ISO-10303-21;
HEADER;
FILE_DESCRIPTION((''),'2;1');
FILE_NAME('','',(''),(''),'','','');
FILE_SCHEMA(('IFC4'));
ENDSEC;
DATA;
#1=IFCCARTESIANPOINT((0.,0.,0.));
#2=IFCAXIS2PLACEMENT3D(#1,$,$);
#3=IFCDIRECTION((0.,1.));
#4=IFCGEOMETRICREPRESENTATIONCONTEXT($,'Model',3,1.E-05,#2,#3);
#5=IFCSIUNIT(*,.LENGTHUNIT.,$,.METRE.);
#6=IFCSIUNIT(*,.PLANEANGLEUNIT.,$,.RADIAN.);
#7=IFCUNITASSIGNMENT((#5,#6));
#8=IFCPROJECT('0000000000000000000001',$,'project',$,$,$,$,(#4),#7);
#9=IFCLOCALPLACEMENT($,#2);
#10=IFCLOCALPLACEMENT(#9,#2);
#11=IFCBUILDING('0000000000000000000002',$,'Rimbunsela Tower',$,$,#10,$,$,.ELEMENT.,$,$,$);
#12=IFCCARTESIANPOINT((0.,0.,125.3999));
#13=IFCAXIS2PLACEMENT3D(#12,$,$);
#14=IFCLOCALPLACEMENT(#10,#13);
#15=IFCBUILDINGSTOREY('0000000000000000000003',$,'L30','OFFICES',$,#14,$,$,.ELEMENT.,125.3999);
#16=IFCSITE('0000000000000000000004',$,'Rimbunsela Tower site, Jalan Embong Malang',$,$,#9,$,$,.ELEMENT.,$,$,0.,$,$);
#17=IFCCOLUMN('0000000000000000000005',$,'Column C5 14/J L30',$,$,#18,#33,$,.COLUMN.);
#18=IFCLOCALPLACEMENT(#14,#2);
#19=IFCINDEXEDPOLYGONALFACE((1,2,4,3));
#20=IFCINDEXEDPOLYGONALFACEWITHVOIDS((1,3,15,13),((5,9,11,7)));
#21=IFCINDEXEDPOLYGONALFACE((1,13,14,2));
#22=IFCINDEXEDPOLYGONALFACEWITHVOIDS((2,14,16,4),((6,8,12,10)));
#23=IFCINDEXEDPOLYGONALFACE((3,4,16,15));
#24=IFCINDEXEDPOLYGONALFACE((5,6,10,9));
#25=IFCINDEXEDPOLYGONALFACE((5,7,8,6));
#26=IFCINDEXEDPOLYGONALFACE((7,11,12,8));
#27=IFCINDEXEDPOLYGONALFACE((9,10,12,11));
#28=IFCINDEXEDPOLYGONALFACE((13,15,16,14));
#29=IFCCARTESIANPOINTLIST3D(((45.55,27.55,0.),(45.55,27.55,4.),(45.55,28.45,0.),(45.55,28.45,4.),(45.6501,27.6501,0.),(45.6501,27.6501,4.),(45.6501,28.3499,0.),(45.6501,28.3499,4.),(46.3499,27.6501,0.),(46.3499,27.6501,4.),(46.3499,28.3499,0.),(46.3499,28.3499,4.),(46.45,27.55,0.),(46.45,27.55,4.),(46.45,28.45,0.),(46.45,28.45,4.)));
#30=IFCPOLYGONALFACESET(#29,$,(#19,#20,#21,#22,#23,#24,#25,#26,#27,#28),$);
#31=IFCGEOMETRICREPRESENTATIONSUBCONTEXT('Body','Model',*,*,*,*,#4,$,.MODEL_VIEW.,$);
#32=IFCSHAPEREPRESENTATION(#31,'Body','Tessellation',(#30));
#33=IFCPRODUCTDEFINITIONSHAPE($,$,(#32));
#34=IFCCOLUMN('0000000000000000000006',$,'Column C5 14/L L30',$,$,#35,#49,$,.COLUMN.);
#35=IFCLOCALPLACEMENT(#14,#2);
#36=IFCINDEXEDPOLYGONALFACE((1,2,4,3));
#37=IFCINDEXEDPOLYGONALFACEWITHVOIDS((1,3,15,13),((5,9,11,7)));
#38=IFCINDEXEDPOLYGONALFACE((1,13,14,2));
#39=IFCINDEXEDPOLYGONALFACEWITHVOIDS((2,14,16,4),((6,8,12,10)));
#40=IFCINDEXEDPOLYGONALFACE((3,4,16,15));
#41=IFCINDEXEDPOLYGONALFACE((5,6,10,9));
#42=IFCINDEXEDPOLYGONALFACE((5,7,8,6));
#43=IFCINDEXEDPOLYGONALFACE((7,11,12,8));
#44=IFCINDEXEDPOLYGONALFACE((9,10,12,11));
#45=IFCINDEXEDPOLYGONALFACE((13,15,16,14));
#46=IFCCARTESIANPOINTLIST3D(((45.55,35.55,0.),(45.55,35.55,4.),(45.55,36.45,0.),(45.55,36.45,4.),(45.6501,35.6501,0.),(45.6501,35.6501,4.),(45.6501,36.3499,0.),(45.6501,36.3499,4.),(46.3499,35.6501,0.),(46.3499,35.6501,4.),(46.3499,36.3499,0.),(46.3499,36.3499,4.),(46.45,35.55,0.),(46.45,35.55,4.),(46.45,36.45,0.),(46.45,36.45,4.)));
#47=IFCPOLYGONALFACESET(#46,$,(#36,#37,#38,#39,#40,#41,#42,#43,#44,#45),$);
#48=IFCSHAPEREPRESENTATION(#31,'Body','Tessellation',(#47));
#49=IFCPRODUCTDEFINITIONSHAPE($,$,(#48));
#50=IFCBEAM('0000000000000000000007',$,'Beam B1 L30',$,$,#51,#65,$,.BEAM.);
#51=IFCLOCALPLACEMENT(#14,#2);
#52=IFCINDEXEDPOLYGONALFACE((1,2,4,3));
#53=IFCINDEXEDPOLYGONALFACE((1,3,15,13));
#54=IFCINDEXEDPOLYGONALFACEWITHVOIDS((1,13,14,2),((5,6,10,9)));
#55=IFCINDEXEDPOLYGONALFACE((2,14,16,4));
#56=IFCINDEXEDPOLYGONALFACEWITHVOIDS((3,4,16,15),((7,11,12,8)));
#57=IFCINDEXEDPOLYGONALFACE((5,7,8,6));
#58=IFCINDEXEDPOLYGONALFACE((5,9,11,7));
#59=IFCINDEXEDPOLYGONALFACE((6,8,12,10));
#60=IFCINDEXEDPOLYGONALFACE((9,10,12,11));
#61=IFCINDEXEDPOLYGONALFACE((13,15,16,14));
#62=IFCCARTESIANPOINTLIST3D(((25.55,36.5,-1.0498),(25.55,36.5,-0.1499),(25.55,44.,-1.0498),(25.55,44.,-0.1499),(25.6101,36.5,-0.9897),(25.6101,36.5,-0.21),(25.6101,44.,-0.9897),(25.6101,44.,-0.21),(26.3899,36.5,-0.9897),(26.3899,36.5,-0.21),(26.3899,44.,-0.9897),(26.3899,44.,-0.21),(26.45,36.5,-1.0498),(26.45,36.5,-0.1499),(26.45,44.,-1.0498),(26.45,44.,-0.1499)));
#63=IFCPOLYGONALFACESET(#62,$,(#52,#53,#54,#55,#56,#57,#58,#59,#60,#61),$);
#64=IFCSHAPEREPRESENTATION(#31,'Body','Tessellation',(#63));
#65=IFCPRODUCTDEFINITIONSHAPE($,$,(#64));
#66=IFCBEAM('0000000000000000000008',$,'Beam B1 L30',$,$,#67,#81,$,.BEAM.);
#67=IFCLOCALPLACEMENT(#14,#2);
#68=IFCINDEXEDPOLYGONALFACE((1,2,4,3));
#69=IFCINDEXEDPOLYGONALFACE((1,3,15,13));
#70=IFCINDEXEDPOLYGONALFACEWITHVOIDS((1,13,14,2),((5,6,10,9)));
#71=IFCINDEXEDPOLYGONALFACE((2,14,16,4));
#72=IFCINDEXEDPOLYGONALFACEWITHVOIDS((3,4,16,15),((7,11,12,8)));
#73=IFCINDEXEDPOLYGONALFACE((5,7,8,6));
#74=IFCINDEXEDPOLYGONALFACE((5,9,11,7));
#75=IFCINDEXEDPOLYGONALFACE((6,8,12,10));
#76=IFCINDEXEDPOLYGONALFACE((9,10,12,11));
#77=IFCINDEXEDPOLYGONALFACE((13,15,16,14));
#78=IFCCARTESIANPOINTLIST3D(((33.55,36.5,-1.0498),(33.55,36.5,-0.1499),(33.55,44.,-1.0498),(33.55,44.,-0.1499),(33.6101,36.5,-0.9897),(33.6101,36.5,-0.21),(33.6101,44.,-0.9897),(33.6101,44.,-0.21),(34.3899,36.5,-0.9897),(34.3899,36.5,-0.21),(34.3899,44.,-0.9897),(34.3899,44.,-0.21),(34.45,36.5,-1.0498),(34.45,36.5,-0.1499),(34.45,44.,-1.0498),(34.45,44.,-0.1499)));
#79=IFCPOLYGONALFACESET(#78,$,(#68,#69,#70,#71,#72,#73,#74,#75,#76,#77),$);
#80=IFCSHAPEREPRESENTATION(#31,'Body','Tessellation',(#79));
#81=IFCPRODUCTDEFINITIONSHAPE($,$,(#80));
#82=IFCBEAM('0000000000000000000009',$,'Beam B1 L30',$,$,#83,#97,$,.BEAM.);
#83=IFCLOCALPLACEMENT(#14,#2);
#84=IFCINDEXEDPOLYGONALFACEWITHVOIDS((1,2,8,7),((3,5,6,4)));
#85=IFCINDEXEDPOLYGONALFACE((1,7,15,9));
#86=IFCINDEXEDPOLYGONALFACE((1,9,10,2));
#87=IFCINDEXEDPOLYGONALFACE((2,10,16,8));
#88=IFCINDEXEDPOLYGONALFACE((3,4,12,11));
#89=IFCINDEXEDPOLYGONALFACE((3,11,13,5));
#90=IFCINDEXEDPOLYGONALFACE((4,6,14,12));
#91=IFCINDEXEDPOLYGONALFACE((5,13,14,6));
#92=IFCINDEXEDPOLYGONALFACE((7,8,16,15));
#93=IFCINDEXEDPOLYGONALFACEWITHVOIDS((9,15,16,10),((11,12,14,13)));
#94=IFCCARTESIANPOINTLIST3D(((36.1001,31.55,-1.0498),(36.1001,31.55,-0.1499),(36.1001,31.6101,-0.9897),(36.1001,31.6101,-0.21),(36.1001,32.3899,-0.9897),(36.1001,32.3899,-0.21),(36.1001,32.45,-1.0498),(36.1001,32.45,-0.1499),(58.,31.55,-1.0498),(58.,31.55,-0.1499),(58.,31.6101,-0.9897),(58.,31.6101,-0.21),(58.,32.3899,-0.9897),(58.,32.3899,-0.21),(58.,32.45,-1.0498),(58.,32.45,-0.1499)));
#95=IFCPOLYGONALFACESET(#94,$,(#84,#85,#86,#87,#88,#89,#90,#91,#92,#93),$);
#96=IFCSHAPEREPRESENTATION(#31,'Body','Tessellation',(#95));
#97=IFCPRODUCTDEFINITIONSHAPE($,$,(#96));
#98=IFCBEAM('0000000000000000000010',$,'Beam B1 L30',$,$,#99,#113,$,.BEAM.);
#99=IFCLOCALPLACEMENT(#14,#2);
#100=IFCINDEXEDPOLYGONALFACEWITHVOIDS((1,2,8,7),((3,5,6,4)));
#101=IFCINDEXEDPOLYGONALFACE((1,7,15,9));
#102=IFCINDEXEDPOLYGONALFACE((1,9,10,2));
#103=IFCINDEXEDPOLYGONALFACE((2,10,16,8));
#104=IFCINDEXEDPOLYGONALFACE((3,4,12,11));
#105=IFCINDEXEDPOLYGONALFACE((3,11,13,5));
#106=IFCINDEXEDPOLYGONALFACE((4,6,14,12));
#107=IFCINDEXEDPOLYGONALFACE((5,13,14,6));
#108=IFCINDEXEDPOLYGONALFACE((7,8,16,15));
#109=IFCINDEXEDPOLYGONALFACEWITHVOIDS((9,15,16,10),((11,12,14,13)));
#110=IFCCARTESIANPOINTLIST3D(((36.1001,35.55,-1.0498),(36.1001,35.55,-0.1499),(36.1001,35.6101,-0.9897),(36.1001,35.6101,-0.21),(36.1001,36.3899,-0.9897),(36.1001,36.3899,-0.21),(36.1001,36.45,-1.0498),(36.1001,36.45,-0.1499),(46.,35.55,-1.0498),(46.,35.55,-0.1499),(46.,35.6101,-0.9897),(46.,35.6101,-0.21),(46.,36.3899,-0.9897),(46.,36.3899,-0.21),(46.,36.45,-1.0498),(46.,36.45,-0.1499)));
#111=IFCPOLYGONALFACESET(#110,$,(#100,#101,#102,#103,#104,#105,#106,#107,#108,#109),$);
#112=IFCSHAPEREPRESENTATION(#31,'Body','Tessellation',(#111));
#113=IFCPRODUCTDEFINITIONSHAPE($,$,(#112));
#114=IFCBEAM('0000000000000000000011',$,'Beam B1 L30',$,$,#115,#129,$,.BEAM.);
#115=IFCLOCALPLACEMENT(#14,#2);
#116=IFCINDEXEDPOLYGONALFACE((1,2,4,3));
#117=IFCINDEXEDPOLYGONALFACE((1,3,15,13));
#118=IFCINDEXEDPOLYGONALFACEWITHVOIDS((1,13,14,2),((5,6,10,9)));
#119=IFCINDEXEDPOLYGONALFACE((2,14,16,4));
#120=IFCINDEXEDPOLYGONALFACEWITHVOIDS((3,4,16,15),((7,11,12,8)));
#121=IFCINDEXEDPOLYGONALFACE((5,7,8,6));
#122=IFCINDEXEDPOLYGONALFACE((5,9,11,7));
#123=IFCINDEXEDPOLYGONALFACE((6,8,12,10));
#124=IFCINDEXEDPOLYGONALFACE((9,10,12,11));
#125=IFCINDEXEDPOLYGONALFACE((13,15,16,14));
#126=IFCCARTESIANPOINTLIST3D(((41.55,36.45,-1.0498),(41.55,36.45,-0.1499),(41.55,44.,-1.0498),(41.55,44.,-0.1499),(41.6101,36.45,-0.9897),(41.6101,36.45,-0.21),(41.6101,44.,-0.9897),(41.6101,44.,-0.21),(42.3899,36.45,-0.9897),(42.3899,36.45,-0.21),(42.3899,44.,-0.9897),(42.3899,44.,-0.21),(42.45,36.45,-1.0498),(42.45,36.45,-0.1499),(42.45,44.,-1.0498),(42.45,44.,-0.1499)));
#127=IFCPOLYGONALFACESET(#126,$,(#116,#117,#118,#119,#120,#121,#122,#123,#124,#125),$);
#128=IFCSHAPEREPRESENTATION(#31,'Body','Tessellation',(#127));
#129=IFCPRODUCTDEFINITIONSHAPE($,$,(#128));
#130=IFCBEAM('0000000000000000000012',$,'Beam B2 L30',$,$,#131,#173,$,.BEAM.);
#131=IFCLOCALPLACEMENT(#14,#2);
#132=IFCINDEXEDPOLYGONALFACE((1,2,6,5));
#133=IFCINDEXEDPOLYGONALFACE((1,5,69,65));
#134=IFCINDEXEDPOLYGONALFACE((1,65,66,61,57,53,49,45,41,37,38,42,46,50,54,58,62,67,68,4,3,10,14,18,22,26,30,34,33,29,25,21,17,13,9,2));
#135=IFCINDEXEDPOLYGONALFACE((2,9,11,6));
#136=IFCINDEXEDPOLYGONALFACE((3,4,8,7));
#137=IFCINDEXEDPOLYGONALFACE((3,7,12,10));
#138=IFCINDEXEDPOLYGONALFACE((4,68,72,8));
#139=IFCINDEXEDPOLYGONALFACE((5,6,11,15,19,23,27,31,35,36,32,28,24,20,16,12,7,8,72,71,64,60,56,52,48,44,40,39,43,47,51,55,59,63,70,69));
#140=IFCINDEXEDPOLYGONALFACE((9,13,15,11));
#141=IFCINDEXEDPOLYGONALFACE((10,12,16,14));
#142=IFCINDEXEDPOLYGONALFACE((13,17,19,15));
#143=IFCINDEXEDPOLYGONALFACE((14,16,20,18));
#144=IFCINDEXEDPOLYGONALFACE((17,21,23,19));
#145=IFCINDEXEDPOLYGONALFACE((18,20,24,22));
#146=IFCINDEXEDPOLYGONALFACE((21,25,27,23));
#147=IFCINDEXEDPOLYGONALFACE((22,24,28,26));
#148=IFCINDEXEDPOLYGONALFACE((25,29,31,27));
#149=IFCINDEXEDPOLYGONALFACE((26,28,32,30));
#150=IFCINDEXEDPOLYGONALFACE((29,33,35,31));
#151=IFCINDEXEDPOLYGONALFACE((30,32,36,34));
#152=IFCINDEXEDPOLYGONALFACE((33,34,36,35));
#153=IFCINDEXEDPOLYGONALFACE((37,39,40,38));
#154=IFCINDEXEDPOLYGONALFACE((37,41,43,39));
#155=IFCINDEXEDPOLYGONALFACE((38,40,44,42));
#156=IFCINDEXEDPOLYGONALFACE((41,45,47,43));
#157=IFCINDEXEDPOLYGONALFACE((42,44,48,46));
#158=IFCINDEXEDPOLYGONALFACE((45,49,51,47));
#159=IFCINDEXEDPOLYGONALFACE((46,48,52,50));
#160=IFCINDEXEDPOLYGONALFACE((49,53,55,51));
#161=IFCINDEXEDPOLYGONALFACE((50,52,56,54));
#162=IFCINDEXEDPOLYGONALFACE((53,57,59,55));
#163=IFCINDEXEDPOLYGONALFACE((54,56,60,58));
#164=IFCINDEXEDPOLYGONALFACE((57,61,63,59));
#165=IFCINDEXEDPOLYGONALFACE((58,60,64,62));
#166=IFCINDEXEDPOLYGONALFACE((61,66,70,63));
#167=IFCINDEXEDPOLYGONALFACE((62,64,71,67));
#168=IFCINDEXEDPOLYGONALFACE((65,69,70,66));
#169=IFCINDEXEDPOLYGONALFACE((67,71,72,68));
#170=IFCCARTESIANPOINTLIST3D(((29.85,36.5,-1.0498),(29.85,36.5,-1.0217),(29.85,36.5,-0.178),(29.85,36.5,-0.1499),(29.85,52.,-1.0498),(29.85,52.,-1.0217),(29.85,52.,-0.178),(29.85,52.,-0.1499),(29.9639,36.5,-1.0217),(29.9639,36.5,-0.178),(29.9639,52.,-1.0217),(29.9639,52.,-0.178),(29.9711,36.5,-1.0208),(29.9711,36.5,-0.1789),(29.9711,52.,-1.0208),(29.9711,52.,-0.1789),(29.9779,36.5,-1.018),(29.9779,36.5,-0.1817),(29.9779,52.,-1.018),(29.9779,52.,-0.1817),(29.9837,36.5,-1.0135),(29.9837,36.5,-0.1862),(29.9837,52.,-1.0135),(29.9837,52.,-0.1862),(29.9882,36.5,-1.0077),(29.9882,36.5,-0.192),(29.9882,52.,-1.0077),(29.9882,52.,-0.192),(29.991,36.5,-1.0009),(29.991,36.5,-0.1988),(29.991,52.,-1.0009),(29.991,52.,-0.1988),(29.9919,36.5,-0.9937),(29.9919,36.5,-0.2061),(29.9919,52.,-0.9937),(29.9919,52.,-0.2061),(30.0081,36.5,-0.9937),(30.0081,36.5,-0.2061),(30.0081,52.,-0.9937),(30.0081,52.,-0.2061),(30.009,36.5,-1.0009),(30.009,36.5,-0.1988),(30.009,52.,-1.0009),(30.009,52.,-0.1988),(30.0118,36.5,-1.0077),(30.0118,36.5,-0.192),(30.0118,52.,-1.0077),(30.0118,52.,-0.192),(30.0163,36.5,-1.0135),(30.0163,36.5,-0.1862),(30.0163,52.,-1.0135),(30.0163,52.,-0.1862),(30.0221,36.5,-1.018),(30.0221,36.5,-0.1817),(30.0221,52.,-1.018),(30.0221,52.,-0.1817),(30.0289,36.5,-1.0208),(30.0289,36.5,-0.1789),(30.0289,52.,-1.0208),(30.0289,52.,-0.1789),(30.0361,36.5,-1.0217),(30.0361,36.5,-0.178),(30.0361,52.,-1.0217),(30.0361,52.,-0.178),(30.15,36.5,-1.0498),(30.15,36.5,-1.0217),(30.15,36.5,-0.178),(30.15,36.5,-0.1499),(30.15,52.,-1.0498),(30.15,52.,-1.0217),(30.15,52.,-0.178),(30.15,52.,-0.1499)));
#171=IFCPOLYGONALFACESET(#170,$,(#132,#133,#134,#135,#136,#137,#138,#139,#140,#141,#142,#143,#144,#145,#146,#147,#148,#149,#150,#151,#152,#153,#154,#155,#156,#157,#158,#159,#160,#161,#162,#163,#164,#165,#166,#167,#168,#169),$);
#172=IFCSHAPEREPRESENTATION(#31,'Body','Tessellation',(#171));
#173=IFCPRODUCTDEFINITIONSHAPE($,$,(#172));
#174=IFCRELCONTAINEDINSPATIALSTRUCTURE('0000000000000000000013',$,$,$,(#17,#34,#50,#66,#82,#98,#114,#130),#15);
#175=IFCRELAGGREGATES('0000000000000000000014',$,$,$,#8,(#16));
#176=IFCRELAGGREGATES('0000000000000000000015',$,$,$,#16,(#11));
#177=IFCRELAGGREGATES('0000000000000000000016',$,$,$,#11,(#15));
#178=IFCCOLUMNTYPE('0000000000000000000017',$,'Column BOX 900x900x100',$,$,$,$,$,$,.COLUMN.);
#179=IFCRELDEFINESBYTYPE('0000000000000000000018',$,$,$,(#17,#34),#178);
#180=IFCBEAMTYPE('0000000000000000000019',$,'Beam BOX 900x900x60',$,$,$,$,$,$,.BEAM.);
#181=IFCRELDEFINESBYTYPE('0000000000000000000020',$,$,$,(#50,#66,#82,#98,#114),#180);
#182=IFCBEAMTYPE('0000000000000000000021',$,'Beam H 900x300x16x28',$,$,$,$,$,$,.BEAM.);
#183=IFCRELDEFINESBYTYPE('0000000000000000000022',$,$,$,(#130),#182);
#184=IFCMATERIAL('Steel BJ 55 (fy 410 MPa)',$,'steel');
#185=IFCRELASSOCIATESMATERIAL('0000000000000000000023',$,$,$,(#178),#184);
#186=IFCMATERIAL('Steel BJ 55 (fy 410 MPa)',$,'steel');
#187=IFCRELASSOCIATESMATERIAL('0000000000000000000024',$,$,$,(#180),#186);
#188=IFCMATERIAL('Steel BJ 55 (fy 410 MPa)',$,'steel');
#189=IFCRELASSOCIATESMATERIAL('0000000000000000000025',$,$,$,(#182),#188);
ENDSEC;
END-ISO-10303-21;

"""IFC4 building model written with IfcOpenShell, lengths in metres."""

from ifc_helpers import new_model, si_unit, direction, frame, origin, origin_2d, place, context, subcontext, project, spatial, hollow_rectangle, i_section, extrude, material, material_profile, profile_set, type_object, element, save


model = new_model("IFC4")

# Units and contexts
model_context = context("Model", 3, precision=1e-05, world=origin(), true_north=direction((0.0, 1.0)))
body_context = subcontext(model_context, "Body", "Model", "MODEL_VIEW")
ifc_project = project(units=[si_unit("LENGTHUNIT", "METRE"), si_unit("PLANEANGLEUNIT", "RADIAN")], contexts=[model_context])

# Site, building, storey
site_placement = place(None, origin())
site = spatial("IfcSite", under=ifc_project, at=site_placement, Name="Rimbunsela Tower site, Jalan Embong Malang", CompositionType="ELEMENT", RefElevation=0.0)
building_placement = place(site_placement, origin())
building = spatial("IfcBuilding", under=site, at=building_placement, Name="Rimbunsela Tower", CompositionType="ELEMENT")
storey_placement = place(building_placement, frame((0.0, 0.0, 125.3999)))
storey = spatial("IfcBuildingStorey", under=building, at=storey_placement, Name="L30", Description="OFFICES", CompositionType="ELEMENT", Elevation=125.3999)

# Columns
ifc_material_1 = material(Name="Steel BJ 55 (fy 410 MPa)", Category="steel")
ifc_material_profile_1 = material_profile(ifc_material_1, hollow_rectangle(XDim=0.8999, YDim=0.8999, WallThickness=0.1001, at=origin_2d()), Name="BOX 900x900x100")
ifc_profile_set_1 = profile_set([ifc_material_profile_1], Name="Steel BJ 55 (fy 410 MPa)")
column_type = type_object("IfcColumnType", Name="Column BOX 900x900x100", PredefinedType="COLUMN", material=ifc_profile_set_1)
for number, where, z_axis, x_axis, name in (
    (1, (46.0, 28.0, 0.0), (0.0, 0.0, 1.0), (1.0, 0.0, 0.0), "Column C5 14/J L30"),
    (2, (46.0, 36.0, 0.0), (0.0, 0.0, 1.0), (1.0, 0.0, 0.0), "Column C5 14/L L30"),
):
    element("IfcColumn", number, at=place(storey_placement, frame(where, z_axis=z_axis, x_axis=x_axis)), inside=storey, type_object=column_type, Name=name, PredefinedType="COLUMN", context=body_context, shape_type="SweptSolid", body=[
        extrude(hollow_rectangle(XDim=0.8999, YDim=0.8999, WallThickness=0.1001, at=origin_2d()), origin(), (0.0, 0.0, 1.0), 4.0),
    ])

# Beams
ifc_material_2 = material(Name="Steel BJ 55 (fy 410 MPa)", Category="steel")
ifc_material_profile_2 = material_profile(ifc_material_2, hollow_rectangle(XDim=0.8999, YDim=0.8999, WallThickness=0.0601, at=origin_2d()), Name="BOX 900x900x60")
ifc_profile_set_2 = profile_set([ifc_material_profile_2], Name="Steel BJ 55 (fy 410 MPa)")
beam_type_1 = type_object("IfcBeamType", Name="Beam BOX 900x900x60", PredefinedType="BEAM", material=ifc_profile_set_2)
for number, where, z_axis, x_axis, name in (
    (3, (26.0, 36.5, -0.5999), (0.0, 1.0, 0.0), (-1.0, 0.0, 0.0), "Beam B1 L30"),
    (4, (34.0, 36.5, -0.5999), (0.0, 1.0, 0.0), (-1.0, 0.0, 0.0), "Beam B1 L30"),
):
    element("IfcBeam", number, at=place(storey_placement, frame(where, z_axis=z_axis, x_axis=x_axis)), inside=storey, type_object=beam_type_1, Name=name, PredefinedType="BEAM", context=body_context, shape_type="SweptSolid", body=[
        extrude(hollow_rectangle(XDim=0.8999, YDim=0.8999, WallThickness=0.0601, at=origin_2d()), origin(), (0.0, 0.0, 1.0), 7.5),
    ])
beam_1_placement = place(storey_placement, frame((36.1001, 32.0, -0.5999), z_axis=(1.0, 0.0, 0.0), x_axis=(0.0, 1.0, 0.0)))
element("IfcBeam", 5, at=beam_1_placement, inside=storey, type_object=beam_type_1, Name="Beam B1 L30", PredefinedType="BEAM", context=body_context, shape_type="SweptSolid", body=[
    extrude(hollow_rectangle(XDim=0.8999, YDim=0.8999, WallThickness=0.0601, at=origin_2d()), origin(), (0.0, 0.0, 1.0), 21.8999),
])
beam_2_placement = place(storey_placement, frame((36.1001, 36.0, -0.5999), z_axis=(1.0, 0.0, 0.0), x_axis=(0.0, 1.0, 0.0)))
element("IfcBeam", 6, at=beam_2_placement, inside=storey, type_object=beam_type_1, Name="Beam B1 L30", PredefinedType="BEAM", context=body_context, shape_type="SweptSolid", body=[
    extrude(hollow_rectangle(XDim=0.8999, YDim=0.8999, WallThickness=0.0601, at=origin_2d()), origin(), (0.0, 0.0, 1.0), 9.8999),
])
beam_3_placement = place(storey_placement, frame((42.0, 36.45, -0.5999), z_axis=(0.0, 1.0, 0.0), x_axis=(-1.0, 0.0, 0.0)))
element("IfcBeam", 7, at=beam_3_placement, inside=storey, type_object=beam_type_1, Name="Beam B1 L30", PredefinedType="BEAM", context=body_context, shape_type="SweptSolid", body=[
    extrude(hollow_rectangle(XDim=0.8999, YDim=0.8999, WallThickness=0.0601, at=origin_2d()), origin(), (0.0, 0.0, 1.0), 7.55),
])
ifc_material_3 = material(Name="Steel BJ 55 (fy 410 MPa)", Category="steel")
ifc_material_profile_3 = material_profile(ifc_material_3, i_section(OverallWidth=0.3, OverallDepth=0.8999, WebThickness=0.0161, FlangeThickness=0.0281, FilletRadius=0.0281, at=origin_2d()), Name="H 900x300x16x28")
ifc_profile_set_3 = profile_set([ifc_material_profile_3], Name="Steel BJ 55 (fy 410 MPa)")
beam_type_2 = type_object("IfcBeamType", Name="Beam H 900x300x16x28", PredefinedType="BEAM", material=ifc_profile_set_3)
beam_4_placement = place(storey_placement, frame((30.0, 36.5, -0.5999), z_axis=(0.0, 1.0, 0.0), x_axis=(-1.0, 0.0, 0.0)))
element("IfcBeam", 8, at=beam_4_placement, inside=storey, type_object=beam_type_2, Name="Beam B2 L30", PredefinedType="BEAM", context=body_context, shape_type="SweptSolid", body=[
    extrude(i_section(OverallWidth=0.3, OverallDepth=0.8999, WebThickness=0.0161, FlangeThickness=0.0281, FilletRadius=0.0281, at=origin_2d()), origin(), (0.0, 0.0, 1.0), 15.5),
])

save(model, "model.ifc")
